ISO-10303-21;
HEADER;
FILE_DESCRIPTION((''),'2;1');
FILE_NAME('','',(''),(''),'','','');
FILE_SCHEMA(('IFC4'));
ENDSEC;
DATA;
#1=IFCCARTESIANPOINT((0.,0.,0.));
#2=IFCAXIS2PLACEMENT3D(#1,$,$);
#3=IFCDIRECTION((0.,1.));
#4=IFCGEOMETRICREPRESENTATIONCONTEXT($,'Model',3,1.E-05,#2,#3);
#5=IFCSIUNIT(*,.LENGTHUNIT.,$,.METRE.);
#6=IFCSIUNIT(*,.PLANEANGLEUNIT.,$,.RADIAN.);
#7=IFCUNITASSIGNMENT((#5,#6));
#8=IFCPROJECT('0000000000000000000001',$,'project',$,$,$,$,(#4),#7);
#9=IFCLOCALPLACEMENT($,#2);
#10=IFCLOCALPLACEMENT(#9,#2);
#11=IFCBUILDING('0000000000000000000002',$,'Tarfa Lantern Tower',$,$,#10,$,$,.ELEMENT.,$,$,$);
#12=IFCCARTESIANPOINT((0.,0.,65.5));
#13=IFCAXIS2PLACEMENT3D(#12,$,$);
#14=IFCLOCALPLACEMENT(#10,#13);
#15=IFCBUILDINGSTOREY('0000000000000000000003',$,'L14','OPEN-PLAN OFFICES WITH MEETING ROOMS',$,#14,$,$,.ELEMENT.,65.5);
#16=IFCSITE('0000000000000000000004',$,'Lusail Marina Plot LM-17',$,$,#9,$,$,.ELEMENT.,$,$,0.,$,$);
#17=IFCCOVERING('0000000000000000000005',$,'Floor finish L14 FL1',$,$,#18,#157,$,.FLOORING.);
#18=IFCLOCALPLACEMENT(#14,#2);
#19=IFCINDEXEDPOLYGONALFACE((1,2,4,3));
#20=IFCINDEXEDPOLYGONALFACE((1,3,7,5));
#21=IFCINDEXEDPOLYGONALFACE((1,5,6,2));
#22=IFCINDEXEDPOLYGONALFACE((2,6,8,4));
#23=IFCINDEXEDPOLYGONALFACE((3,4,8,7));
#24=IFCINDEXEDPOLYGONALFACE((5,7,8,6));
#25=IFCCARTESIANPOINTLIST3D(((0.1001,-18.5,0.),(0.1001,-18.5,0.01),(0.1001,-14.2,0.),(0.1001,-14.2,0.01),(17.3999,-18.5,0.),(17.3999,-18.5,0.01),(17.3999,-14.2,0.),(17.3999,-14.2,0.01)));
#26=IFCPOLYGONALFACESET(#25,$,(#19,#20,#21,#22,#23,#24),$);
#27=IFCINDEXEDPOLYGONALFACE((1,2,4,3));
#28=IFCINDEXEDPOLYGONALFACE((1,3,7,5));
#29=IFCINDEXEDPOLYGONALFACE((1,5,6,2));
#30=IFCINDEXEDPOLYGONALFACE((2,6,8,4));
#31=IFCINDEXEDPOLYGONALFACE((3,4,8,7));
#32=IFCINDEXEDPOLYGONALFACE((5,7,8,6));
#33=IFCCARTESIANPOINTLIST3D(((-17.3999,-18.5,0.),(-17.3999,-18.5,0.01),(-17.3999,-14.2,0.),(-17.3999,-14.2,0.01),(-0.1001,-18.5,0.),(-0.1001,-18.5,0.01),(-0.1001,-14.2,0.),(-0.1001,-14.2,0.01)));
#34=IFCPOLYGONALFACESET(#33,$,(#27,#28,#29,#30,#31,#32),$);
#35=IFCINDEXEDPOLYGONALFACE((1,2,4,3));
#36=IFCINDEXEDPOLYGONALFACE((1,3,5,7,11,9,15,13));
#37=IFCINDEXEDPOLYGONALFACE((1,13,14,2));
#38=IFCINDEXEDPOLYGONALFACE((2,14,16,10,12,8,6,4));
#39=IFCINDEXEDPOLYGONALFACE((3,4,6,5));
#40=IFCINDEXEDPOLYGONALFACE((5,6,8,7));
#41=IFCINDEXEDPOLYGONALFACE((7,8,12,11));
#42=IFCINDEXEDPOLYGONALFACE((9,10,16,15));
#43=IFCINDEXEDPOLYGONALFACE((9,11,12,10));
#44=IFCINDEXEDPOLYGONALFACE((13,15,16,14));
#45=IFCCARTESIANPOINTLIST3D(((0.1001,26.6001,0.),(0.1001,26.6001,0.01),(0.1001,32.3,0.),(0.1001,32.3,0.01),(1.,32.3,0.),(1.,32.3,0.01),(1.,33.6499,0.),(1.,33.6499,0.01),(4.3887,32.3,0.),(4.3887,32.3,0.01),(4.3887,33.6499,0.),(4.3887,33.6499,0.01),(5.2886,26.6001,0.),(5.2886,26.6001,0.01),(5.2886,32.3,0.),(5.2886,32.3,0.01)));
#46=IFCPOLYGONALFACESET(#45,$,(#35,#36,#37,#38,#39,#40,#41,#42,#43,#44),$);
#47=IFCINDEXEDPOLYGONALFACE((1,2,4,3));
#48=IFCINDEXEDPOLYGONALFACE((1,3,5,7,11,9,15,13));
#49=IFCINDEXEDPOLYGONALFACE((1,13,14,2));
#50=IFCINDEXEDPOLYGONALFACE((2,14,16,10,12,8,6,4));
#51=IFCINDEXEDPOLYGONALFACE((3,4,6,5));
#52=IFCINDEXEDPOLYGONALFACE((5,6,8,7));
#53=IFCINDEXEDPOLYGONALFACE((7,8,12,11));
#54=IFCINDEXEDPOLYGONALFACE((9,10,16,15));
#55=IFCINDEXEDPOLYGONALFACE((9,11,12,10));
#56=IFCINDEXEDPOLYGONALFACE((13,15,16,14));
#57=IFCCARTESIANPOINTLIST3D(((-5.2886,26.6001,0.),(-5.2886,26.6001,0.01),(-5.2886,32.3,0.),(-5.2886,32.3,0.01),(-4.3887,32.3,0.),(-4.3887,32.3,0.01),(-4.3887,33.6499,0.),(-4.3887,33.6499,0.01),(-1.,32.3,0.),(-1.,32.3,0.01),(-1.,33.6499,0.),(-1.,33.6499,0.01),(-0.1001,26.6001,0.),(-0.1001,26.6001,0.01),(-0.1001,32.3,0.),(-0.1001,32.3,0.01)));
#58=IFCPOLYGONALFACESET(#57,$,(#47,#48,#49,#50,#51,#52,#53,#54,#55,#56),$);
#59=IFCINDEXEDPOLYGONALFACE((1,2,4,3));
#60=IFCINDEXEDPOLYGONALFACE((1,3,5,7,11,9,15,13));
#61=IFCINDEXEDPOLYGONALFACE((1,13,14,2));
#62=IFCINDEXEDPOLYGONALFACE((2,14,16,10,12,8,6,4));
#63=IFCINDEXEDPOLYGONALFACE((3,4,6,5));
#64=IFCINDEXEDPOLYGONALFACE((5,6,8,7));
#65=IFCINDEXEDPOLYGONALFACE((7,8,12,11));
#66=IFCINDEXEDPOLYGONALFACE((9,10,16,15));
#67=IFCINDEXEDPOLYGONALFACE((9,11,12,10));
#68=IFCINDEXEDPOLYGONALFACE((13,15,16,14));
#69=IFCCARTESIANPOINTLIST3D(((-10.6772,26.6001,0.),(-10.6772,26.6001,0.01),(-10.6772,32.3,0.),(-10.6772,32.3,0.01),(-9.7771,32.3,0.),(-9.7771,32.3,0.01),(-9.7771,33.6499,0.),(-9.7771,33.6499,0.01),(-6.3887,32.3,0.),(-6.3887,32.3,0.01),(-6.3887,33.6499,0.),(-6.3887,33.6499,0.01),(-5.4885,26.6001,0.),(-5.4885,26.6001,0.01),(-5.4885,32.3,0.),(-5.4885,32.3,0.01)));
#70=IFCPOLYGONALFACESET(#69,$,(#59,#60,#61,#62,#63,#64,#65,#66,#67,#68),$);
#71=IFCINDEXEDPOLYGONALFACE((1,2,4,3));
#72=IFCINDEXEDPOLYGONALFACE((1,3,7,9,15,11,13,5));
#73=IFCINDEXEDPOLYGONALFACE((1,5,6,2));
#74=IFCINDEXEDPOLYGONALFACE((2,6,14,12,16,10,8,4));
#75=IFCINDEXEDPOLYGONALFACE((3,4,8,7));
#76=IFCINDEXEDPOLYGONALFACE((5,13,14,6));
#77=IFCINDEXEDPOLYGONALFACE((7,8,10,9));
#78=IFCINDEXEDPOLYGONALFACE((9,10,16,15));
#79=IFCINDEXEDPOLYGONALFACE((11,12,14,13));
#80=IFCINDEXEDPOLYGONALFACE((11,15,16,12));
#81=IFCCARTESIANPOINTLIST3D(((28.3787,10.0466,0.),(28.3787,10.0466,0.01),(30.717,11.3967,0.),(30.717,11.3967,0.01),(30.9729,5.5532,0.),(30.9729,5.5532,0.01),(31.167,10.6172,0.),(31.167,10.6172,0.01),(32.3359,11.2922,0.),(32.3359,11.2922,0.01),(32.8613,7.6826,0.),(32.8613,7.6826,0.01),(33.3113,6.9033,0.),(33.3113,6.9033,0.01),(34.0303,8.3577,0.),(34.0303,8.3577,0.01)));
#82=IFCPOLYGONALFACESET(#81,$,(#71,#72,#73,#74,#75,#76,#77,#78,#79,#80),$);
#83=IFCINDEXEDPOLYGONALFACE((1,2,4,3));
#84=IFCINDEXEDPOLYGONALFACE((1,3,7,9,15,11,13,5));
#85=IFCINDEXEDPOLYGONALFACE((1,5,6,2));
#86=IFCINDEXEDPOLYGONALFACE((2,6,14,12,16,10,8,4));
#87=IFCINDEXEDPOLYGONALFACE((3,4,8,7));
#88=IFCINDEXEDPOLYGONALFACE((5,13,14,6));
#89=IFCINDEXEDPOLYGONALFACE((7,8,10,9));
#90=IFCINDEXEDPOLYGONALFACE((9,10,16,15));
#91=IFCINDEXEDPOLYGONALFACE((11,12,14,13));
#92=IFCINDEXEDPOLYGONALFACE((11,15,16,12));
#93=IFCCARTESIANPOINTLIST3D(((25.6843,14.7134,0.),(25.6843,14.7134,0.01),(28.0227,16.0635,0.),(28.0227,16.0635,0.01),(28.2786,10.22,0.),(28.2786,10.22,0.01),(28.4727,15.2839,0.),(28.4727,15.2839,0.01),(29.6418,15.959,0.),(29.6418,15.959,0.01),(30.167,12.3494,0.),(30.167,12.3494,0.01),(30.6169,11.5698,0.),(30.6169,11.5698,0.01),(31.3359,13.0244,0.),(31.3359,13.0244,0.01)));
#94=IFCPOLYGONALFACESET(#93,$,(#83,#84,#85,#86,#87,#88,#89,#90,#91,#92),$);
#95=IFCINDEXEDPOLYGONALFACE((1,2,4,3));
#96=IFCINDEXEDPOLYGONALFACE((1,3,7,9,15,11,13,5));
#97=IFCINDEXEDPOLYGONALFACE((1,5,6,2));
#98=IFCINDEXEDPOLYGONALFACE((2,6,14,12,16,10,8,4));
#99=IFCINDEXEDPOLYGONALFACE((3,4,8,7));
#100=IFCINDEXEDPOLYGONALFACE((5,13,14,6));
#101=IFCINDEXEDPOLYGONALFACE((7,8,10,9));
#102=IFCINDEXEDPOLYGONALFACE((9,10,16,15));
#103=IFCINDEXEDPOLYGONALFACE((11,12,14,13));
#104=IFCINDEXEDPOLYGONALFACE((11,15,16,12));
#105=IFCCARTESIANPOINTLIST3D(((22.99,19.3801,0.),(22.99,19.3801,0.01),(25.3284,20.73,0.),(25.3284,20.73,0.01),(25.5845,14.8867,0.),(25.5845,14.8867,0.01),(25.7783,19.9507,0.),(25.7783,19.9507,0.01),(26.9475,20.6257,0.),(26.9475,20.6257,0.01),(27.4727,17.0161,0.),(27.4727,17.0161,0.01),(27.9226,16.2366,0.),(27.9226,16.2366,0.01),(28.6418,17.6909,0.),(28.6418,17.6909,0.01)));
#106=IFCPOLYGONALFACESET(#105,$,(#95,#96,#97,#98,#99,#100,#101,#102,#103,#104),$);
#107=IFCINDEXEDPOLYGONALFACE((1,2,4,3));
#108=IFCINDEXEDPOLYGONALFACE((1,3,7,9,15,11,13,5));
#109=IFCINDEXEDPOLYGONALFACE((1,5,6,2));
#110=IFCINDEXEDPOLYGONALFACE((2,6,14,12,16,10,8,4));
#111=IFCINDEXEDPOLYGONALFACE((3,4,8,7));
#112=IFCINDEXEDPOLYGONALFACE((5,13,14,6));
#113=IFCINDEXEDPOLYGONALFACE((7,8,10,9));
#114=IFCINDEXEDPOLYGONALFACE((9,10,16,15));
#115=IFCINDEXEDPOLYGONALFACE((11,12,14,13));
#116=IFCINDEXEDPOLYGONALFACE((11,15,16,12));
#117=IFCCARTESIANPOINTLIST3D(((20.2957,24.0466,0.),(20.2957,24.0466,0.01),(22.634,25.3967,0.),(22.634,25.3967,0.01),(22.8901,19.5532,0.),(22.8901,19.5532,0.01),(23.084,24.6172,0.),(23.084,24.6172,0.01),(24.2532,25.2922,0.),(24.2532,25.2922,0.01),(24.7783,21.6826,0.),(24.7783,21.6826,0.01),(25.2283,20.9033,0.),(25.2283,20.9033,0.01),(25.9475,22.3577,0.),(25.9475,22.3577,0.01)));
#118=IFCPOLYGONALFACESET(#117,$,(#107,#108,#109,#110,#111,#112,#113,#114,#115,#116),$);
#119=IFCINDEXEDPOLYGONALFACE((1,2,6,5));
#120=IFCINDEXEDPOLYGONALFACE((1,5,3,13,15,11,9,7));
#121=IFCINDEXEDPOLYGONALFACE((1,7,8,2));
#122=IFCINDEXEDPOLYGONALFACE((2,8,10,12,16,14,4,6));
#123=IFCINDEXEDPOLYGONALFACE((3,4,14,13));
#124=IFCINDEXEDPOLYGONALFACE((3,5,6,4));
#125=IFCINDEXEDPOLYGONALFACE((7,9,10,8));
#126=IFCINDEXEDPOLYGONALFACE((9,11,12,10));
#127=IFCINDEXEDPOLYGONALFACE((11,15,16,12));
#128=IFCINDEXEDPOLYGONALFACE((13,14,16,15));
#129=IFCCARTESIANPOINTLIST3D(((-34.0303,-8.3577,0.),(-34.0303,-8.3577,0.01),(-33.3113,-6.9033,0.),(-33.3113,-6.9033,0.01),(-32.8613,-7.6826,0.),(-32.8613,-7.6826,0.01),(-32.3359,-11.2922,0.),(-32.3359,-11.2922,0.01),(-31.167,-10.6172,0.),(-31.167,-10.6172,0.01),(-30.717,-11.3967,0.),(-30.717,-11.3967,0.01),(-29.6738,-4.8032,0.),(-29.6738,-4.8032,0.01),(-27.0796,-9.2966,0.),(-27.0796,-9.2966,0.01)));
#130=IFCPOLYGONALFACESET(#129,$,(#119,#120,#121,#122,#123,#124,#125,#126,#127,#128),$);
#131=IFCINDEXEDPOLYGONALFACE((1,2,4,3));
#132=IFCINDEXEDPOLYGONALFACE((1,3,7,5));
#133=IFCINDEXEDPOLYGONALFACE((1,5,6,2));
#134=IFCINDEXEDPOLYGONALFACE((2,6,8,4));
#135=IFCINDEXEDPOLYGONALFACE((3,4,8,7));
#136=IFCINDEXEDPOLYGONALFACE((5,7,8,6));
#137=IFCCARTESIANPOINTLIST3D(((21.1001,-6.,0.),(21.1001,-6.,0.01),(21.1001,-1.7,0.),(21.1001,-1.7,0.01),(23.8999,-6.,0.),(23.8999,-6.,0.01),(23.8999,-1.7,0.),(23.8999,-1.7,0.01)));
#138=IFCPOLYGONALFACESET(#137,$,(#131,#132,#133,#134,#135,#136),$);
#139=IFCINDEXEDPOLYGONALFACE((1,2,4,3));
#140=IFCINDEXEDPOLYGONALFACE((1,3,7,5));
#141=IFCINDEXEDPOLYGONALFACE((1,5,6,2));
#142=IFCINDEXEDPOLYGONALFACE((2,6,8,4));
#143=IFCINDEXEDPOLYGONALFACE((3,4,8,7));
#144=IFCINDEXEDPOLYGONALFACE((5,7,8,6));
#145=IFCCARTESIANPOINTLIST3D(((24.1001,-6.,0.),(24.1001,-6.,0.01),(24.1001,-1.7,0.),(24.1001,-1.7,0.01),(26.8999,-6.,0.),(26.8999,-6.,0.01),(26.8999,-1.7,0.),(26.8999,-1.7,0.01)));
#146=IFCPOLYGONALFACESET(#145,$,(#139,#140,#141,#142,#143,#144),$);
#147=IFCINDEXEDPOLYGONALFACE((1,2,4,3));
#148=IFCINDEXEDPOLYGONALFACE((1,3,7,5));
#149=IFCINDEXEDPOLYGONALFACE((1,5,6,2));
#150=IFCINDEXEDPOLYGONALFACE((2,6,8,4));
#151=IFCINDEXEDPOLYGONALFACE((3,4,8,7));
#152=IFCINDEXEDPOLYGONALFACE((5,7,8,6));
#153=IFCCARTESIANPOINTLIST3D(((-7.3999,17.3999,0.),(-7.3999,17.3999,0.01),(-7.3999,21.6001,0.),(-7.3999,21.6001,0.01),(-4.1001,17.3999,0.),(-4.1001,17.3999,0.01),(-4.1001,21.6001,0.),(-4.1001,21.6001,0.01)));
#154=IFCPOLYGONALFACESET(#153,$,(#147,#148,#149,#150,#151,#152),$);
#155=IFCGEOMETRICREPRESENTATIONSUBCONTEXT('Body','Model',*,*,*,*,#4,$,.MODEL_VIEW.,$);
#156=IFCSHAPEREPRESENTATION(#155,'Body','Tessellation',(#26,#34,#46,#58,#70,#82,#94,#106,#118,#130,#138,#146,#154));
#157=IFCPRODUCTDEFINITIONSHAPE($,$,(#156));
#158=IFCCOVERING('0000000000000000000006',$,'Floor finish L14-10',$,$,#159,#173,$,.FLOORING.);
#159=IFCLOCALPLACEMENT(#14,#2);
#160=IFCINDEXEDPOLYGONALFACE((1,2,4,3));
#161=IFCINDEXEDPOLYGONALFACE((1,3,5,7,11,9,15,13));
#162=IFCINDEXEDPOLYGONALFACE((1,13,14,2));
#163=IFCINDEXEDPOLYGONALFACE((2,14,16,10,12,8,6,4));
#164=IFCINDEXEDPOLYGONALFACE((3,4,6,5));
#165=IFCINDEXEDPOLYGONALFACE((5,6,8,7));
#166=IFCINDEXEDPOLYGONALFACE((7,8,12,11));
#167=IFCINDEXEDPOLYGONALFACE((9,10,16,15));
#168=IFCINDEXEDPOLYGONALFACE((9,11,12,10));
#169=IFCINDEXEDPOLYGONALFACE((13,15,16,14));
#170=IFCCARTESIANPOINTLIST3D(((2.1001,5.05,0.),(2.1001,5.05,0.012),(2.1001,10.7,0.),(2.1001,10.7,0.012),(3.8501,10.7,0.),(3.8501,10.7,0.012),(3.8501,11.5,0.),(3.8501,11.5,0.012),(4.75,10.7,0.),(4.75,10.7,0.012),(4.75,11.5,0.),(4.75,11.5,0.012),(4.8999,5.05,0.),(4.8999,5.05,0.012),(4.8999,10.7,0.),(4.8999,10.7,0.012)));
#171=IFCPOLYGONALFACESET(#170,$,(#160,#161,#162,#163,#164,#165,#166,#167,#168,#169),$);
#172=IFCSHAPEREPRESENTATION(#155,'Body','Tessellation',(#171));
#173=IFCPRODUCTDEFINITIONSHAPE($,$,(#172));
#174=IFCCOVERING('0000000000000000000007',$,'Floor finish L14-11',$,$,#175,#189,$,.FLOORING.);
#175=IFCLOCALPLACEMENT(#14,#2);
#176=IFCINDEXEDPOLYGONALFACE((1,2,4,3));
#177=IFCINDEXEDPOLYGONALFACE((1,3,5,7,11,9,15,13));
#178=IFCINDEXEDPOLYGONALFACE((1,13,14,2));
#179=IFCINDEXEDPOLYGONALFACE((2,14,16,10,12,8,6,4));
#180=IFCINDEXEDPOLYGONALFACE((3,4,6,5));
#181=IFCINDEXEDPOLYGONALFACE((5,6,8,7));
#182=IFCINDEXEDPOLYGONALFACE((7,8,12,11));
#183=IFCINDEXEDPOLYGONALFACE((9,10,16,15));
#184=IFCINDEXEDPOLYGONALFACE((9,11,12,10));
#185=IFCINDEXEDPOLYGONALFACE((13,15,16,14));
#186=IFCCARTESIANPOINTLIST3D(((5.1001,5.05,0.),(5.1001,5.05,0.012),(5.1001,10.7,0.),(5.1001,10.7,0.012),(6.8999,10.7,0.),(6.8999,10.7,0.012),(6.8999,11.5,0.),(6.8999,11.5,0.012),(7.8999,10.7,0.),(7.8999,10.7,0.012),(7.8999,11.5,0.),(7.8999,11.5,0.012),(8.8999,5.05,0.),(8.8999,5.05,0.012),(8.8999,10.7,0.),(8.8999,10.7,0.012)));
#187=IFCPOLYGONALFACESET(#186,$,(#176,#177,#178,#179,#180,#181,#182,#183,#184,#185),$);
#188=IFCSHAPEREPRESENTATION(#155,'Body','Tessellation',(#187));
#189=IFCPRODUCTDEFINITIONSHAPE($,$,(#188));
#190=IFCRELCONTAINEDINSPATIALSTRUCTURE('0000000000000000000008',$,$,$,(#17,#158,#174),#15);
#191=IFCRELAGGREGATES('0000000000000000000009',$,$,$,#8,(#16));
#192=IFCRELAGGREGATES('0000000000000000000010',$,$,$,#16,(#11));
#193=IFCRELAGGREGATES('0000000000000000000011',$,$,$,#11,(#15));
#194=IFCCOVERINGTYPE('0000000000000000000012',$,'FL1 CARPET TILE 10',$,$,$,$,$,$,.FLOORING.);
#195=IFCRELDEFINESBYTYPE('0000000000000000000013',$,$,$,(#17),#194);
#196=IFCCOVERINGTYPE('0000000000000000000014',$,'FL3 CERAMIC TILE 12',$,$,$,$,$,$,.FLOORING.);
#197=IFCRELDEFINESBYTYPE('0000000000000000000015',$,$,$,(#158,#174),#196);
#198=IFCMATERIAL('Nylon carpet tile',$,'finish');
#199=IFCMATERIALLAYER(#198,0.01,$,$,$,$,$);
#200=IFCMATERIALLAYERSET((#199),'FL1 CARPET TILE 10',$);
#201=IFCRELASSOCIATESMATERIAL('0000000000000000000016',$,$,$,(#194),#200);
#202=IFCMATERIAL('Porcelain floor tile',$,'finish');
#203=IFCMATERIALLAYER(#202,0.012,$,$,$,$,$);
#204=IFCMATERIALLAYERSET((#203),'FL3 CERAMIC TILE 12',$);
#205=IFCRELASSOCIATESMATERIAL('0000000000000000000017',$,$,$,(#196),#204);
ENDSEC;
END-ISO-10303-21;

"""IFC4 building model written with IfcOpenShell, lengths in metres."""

from ifc_helpers import new_model, si_unit, direction, frame, origin, place, context, subcontext, project, spatial, polyline, outline, extrude, material, layer, layer_set, type_object, element, save


model = new_model("IFC4")

# Units and contexts
model_context = context("Model", 3, precision=1e-05, world=origin(), true_north=direction((0.0, 1.0)))
body_context = subcontext(model_context, "Body", "Model", "MODEL_VIEW")
ifc_project = project(units=[si_unit("LENGTHUNIT", "METRE"), si_unit("PLANEANGLEUNIT", "RADIAN")], contexts=[model_context])

# Site, building, storey
site_placement = place(None, origin())
site = spatial("IfcSite", under=ifc_project, at=site_placement, Name="Lusail Marina Plot LM-17", CompositionType="ELEMENT", RefElevation=0.0)
building_placement = place(site_placement, origin())
building = spatial("IfcBuilding", under=site, at=building_placement, Name="Tarfa Lantern Tower", CompositionType="ELEMENT")
storey_placement = place(building_placement, frame((0.0, 0.0, 65.5)))
storey = spatial("IfcBuildingStorey", under=building, at=storey_placement, Name="L14", Description="OPEN-PLAN OFFICES WITH MEETING ROOMS", CompositionType="ELEMENT", Elevation=65.5)

# Coverings
ifc_material_1 = material(Name="Nylon carpet tile", Category="finish")
ifc_layer_1 = layer(ifc_material_1, 0.01)
ifc_layer_set_1 = layer_set([ifc_layer_1], Name="FL1 CARPET TILE 10")
covering_type_1 = type_object("IfcCoveringType", Name="FL1 CARPET TILE 10", PredefinedType="FLOORING", material=ifc_layer_set_1)
covering_1_placement = place(storey_placement, origin())
element("IfcCovering", 1, at=covering_1_placement, inside=storey, type_object=covering_type_1, Name="Floor finish L14 FL1", PredefinedType="FLOORING", context=body_context, shape_type="SweptSolid", body=[
    extrude(outline(polyline([(0.1001, -14.2), (17.3999, -14.2), (17.3999, -18.5), (0.1001, -18.5), (0.1001, -14.2)])), origin(), (0.0, 0.0, 1.0), 0.01),
    extrude(outline(polyline([(-17.3999, -14.2), (-0.1001, -14.2), (-0.1001, -18.5), (-17.3999, -18.5), (-17.3999, -14.2)])), origin(), (0.0, 0.0, 1.0), 0.01),
    extrude(outline(polyline([(5.2886, 26.6001), (0.1001, 26.6001), (0.1001, 32.3), (1.0, 32.3), (1.0, 33.6499), (4.3887, 33.6499), (4.3887, 32.3), (5.2886, 32.3), (5.2886, 26.6001)])), origin(), (0.0, 0.0, 1.0), 0.01),
    extrude(outline(polyline([(-0.1001, 26.6001), (-5.2886, 26.6001), (-5.2886, 32.3), (-4.3887, 32.3), (-4.3887, 33.6499), (-1.0, 33.6499), (-1.0, 32.3), (-0.1001, 32.3), (-0.1001, 26.6001)])), origin(), (0.0, 0.0, 1.0), 0.01),
    extrude(outline(polyline([(-5.4885, 26.6001), (-10.6772, 26.6001), (-10.6772, 32.3), (-9.7771, 32.3), (-9.7771, 33.6499), (-6.3887, 33.6499), (-6.3887, 32.3), (-5.4885, 32.3), (-5.4885, 26.6001)])), origin(), (0.0, 0.0, 1.0), 0.01),
    extrude(outline(polyline([(28.3787, 10.0466), (30.717, 11.3967), (31.167, 10.6172), (32.3359, 11.2922), (34.0303, 8.3577), (32.8613, 7.6826), (33.3113, 6.9033), (30.9729, 5.5532), (28.3787, 10.0466)])), origin(), (0.0, 0.0, 1.0), 0.01),
    extrude(outline(polyline([(25.6843, 14.7134), (28.0227, 16.0635), (28.4727, 15.2839), (29.6418, 15.959), (31.3359, 13.0244), (30.167, 12.3494), (30.6169, 11.5698), (28.2786, 10.22), (25.6843, 14.7134)])), origin(), (0.0, 0.0, 1.0), 0.01),
    extrude(outline(polyline([(22.99, 19.3801), (25.3284, 20.73), (25.7783, 19.9507), (26.9475, 20.6257), (28.6418, 17.6909), (27.4727, 17.0161), (27.9226, 16.2366), (25.5845, 14.8867), (22.99, 19.3801)])), origin(), (0.0, 0.0, 1.0), 0.01),
    extrude(outline(polyline([(20.2957, 24.0466), (22.634, 25.3967), (23.084, 24.6172), (24.2532, 25.2922), (25.9475, 22.3577), (24.7783, 21.6826), (25.2283, 20.9033), (22.8901, 19.5532), (20.2957, 24.0466)])), origin(), (0.0, 0.0, 1.0), 0.01),
    extrude(outline(polyline([(-27.0796, -9.2966), (-30.717, -11.3967), (-31.167, -10.6172), (-32.3359, -11.2922), (-34.0303, -8.3577), (-32.8613, -7.6826), (-33.3113, -6.9033), (-29.6738, -4.8032), (-27.0796, -9.2966)])), origin(), (0.0, 0.0, 1.0), 0.01),
    extrude(outline(polyline([(21.1001, -1.7), (23.8999, -1.7), (23.8999, -6.0), (21.1001, -6.0), (21.1001, -1.7)])), origin(), (0.0, 0.0, 1.0), 0.01),
    extrude(outline(polyline([(24.1001, -1.7), (26.8999, -1.7), (26.8999, -6.0), (24.1001, -6.0), (24.1001, -1.7)])), origin(), (0.0, 0.0, 1.0), 0.01),
    extrude(outline(polyline([(-7.3999, 21.6001), (-4.1001, 21.6001), (-4.1001, 17.3999), (-7.3999, 17.3999), (-7.3999, 21.6001)])), origin(), (0.0, 0.0, 1.0), 0.01),
])
ifc_material_2 = material(Name="Porcelain floor tile", Category="finish")
ifc_layer_2 = layer(ifc_material_2, 0.012)
ifc_layer_set_2 = layer_set([ifc_layer_2], Name="FL3 CERAMIC TILE 12")
covering_type_2 = type_object("IfcCoveringType", Name="FL3 CERAMIC TILE 12", PredefinedType="FLOORING", material=ifc_layer_set_2)
covering_2_placement = place(storey_placement, origin())
element("IfcCovering", 2, at=covering_2_placement, inside=storey, type_object=covering_type_2, Name="Floor finish L14-10", PredefinedType="FLOORING", context=body_context, shape_type="SweptSolid", body=[
    extrude(outline(polyline([(2.1001, 5.05), (4.8999, 5.05), (4.8999, 10.7), (4.75, 10.7), (4.75, 11.5), (3.8501, 11.5), (3.8501, 10.7), (2.1001, 10.7), (2.1001, 5.05)])), origin(), (0.0, 0.0, 1.0), 0.012),
])
covering_3_placement = place(storey_placement, origin())
element("IfcCovering", 3, at=covering_3_placement, inside=storey, type_object=covering_type_2, Name="Floor finish L14-11", PredefinedType="FLOORING", context=body_context, shape_type="SweptSolid", body=[
    extrude(outline(polyline([(5.1001, 5.05), (8.8999, 5.05), (8.8999, 10.7), (7.8999, 10.7), (7.8999, 11.5), (6.8999, 11.5), (6.8999, 10.7), (5.1001, 10.7), (5.1001, 5.05)])), origin(), (0.0, 0.0, 1.0), 0.012),
])

save(model, "model.ifc")
